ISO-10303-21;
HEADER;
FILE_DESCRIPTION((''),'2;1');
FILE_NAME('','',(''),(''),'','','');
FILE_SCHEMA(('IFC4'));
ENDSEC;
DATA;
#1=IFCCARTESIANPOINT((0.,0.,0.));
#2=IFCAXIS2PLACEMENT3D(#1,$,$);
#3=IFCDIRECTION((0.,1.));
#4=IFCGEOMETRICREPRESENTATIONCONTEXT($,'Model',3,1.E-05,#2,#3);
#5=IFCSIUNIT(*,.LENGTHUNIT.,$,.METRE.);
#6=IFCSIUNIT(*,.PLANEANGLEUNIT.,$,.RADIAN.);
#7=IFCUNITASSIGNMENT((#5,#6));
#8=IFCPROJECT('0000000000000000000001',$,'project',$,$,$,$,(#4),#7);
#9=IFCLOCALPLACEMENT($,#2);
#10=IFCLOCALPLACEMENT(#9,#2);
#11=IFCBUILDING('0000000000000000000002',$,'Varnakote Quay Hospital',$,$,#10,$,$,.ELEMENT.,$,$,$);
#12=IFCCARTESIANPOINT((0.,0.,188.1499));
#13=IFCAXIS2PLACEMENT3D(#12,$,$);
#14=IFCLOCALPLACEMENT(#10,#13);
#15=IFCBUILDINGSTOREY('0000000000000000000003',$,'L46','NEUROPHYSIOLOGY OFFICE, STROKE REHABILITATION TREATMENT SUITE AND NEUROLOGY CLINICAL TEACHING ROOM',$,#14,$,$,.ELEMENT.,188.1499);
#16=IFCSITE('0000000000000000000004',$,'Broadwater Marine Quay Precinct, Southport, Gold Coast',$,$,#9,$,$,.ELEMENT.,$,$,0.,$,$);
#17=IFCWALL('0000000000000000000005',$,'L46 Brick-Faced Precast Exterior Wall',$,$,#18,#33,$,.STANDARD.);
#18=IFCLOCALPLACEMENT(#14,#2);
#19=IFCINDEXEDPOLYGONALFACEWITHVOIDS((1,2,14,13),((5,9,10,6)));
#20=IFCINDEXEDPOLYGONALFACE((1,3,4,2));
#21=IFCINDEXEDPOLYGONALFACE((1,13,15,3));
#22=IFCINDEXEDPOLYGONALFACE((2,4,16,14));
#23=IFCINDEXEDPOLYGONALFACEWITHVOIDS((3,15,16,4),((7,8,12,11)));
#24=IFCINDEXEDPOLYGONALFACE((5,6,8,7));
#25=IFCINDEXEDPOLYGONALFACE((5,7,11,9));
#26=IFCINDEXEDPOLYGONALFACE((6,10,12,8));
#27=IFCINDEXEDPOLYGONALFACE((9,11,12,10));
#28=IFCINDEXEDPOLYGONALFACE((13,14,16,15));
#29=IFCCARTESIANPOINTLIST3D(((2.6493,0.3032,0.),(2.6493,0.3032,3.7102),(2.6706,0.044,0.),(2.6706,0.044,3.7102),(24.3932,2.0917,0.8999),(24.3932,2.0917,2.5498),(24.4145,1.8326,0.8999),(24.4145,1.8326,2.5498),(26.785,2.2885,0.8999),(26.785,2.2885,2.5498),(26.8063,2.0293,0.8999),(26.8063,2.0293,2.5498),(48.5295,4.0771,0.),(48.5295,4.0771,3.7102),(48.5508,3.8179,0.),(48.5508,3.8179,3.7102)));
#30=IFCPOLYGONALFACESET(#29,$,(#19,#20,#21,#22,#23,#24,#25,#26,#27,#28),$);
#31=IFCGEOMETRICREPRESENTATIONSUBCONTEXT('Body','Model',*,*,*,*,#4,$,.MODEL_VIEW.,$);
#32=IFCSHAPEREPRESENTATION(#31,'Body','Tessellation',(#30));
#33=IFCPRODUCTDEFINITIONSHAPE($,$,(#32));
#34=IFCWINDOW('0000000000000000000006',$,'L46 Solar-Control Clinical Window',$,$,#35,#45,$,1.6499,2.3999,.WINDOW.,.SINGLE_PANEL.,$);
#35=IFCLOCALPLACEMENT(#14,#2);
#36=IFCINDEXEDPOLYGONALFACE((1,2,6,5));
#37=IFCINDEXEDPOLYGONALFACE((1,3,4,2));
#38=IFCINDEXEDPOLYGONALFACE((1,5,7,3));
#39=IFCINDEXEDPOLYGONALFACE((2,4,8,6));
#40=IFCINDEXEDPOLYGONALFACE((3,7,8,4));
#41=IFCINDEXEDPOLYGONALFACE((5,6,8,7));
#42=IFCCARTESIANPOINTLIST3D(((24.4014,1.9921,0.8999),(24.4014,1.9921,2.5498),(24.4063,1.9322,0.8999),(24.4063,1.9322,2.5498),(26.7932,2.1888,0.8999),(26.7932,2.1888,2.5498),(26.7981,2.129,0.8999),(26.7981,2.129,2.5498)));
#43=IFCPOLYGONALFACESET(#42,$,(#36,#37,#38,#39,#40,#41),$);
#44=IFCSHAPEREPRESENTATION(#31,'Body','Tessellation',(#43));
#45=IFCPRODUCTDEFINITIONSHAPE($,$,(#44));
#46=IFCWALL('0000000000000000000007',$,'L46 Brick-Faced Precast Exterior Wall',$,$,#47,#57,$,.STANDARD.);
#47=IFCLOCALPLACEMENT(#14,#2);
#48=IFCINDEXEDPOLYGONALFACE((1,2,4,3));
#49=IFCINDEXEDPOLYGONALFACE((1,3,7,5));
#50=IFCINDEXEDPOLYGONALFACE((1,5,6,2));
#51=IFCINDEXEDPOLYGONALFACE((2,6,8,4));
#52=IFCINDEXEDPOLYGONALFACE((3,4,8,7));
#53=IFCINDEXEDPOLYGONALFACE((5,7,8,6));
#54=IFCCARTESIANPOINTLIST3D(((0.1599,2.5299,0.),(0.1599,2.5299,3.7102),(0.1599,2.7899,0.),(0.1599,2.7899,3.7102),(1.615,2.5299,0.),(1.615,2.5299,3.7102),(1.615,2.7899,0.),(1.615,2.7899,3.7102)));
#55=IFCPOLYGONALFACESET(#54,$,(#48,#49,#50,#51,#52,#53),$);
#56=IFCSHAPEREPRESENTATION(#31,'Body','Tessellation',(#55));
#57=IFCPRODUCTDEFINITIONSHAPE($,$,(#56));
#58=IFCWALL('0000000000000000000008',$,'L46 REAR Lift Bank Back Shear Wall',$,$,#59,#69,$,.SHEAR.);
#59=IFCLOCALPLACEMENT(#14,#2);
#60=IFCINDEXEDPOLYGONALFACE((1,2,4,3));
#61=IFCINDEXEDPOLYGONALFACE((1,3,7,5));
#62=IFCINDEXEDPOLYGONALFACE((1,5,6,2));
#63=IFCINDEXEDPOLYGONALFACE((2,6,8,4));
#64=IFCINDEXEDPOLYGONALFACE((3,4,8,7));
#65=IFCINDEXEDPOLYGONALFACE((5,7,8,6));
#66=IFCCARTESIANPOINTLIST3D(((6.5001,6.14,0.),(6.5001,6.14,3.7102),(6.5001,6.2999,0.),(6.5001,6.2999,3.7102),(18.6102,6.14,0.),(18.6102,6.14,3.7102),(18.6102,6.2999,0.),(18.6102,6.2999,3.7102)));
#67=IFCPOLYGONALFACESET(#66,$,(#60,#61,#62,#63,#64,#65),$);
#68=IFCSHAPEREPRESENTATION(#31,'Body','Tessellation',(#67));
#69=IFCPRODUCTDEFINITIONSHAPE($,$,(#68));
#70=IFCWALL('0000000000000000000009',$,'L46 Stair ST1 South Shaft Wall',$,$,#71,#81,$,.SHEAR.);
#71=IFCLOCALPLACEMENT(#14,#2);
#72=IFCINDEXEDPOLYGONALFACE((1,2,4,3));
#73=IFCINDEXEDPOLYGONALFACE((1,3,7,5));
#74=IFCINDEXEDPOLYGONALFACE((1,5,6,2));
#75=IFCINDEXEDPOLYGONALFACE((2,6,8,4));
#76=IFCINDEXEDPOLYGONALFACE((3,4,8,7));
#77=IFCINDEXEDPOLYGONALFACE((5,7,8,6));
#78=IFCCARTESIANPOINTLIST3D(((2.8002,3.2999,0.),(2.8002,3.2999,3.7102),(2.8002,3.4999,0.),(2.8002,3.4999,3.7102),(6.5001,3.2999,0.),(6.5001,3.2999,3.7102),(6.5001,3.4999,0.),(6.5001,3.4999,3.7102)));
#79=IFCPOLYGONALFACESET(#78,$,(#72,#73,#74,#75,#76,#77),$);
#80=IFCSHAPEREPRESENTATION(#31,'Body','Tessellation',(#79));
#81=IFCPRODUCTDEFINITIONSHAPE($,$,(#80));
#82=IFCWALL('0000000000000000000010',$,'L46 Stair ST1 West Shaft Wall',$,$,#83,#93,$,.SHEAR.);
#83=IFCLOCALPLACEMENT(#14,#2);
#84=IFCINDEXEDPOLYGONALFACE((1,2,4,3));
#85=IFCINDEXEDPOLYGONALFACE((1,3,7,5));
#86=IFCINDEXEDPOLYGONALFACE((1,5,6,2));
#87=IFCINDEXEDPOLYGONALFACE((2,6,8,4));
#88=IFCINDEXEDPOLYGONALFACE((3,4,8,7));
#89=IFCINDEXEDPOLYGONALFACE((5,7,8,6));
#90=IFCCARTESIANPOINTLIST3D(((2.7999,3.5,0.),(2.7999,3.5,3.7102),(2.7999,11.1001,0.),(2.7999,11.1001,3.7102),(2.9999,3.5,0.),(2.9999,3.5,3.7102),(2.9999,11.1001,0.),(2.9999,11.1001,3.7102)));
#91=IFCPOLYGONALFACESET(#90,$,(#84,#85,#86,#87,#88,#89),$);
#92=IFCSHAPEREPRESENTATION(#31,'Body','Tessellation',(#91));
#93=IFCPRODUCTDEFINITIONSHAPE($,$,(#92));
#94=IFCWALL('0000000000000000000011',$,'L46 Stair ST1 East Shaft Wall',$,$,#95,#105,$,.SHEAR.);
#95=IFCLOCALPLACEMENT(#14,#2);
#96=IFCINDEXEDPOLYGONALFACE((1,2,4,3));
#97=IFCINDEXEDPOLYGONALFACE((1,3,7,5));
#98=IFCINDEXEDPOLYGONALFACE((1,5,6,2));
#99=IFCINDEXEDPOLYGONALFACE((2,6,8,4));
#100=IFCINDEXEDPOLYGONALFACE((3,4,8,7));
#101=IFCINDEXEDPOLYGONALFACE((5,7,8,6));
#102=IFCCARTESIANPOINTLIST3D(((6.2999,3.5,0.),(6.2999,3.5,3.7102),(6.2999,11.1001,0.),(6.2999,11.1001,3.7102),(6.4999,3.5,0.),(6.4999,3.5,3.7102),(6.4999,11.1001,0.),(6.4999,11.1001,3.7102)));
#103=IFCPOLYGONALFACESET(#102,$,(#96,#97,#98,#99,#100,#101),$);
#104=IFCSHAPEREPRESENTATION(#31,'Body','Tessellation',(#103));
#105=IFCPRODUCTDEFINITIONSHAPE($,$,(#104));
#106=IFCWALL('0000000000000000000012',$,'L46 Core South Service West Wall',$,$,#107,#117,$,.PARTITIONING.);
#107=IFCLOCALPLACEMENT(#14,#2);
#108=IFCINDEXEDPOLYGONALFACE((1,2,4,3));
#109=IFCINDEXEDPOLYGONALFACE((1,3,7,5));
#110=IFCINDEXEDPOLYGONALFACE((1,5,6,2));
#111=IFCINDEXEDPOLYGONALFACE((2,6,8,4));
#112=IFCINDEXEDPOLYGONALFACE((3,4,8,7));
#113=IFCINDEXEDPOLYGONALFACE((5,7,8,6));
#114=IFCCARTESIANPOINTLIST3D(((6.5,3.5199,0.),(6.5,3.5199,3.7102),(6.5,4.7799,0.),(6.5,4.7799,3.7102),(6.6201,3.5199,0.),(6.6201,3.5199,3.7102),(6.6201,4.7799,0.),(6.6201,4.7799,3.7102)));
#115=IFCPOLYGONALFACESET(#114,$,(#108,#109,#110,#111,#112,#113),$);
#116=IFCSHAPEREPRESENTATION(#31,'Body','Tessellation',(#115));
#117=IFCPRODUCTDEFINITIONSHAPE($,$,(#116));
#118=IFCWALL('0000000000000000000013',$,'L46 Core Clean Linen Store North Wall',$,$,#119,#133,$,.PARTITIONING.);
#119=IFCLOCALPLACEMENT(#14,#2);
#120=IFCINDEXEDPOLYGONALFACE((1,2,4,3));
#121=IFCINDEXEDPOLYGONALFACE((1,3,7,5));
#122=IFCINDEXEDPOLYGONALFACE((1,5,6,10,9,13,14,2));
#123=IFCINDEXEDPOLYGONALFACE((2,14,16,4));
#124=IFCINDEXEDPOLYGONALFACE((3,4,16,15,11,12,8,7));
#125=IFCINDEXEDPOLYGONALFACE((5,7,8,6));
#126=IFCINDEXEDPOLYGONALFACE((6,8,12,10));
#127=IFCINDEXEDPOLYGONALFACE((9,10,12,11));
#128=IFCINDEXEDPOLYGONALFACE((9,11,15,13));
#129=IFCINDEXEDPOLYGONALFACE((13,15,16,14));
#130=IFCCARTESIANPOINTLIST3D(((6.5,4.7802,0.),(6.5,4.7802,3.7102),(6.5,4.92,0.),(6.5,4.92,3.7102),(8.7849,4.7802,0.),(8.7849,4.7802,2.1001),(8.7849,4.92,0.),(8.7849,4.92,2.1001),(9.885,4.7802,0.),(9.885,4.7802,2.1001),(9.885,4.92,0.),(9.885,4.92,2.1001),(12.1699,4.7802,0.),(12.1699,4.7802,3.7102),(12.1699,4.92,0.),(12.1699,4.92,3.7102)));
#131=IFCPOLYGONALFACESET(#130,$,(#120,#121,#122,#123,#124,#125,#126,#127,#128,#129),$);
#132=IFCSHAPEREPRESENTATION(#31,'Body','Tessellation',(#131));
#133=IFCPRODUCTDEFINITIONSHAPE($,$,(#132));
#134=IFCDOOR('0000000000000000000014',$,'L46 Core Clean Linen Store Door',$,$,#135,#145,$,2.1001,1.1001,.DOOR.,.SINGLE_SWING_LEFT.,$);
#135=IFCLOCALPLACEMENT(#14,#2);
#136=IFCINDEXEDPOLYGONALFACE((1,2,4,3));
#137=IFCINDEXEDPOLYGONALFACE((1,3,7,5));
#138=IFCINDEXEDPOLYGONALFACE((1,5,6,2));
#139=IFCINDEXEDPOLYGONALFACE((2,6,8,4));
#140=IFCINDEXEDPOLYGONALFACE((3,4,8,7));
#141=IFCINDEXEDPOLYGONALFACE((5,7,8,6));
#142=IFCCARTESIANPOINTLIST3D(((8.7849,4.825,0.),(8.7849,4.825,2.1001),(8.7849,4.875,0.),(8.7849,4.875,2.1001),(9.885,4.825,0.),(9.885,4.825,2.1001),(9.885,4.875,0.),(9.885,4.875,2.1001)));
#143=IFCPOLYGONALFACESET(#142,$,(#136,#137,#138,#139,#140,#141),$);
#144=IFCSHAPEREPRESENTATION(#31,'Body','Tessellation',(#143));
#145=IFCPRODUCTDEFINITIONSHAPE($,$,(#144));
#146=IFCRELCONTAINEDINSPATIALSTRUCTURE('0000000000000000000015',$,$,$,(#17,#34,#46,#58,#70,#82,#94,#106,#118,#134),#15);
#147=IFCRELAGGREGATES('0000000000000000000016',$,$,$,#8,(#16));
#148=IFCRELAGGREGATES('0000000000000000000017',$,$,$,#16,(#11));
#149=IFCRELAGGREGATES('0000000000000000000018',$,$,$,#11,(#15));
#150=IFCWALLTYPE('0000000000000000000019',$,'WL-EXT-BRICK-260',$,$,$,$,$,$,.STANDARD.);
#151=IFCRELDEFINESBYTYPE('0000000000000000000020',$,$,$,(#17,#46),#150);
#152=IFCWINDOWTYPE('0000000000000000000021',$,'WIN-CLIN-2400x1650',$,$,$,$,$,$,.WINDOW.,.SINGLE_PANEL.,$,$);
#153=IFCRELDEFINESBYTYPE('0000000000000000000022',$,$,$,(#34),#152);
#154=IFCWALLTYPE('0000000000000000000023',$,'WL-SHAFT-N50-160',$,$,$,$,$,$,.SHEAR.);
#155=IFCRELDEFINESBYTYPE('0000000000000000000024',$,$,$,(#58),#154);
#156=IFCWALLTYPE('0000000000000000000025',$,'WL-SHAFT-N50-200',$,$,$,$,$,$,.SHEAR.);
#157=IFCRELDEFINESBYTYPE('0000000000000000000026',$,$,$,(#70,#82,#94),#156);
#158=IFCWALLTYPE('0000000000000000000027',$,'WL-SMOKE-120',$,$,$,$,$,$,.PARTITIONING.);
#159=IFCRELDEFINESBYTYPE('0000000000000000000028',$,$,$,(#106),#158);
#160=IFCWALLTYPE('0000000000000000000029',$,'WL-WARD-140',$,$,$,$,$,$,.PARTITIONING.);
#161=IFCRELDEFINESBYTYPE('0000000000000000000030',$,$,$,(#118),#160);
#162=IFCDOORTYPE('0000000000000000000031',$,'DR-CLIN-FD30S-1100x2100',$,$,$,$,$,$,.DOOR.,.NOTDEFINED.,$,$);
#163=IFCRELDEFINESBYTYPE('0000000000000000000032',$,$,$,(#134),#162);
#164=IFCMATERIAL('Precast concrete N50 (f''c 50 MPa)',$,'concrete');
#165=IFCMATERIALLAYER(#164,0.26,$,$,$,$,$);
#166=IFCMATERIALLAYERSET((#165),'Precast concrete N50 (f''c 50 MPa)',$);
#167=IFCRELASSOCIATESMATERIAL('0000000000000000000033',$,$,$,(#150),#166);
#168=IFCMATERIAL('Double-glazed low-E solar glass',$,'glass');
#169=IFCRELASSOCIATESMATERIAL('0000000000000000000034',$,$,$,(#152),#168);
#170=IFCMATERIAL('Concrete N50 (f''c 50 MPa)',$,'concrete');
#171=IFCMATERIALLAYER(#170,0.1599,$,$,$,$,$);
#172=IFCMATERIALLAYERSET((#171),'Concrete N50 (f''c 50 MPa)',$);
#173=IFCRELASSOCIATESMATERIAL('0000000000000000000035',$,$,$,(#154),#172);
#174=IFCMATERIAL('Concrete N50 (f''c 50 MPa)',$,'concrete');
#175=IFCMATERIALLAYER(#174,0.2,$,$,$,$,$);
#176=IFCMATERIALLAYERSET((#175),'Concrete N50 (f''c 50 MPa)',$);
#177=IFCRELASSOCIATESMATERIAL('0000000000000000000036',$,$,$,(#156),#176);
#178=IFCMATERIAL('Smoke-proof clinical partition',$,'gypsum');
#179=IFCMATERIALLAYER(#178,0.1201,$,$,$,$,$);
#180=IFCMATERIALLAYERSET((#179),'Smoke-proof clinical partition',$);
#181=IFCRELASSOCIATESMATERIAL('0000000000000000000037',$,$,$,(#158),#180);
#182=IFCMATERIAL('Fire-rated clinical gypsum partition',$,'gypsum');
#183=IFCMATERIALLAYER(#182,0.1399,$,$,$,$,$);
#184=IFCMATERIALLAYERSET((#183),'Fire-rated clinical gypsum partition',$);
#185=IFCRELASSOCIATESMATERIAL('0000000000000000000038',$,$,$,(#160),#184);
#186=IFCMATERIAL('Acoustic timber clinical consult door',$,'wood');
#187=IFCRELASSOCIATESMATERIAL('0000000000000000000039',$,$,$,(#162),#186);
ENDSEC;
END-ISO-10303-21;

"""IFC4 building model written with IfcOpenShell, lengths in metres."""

from ifc_helpers import new_model, si_unit, direction, frame, frame_2d, origin, place, context, subcontext, project, spatial, rectangle, extrude, material, layer, layer_set, type_object, element, fill, save


model = new_model("IFC4")

# Units and contexts
model_context = context("Model", 3, precision=1e-05, world=origin(), true_north=direction((0.0, 1.0)))
body_context = subcontext(model_context, "Body", "Model", "MODEL_VIEW")
ifc_project = project(units=[si_unit("LENGTHUNIT", "METRE"), si_unit("PLANEANGLEUNIT", "RADIAN")], contexts=[model_context])

# Site, building, storey
site_placement = place(None, origin())
site = spatial("IfcSite", under=ifc_project, at=site_placement, Name="Broadwater Marine Quay Precinct, Southport, Gold Coast", CompositionType="ELEMENT", RefElevation=0.0)
building_placement = place(site_placement, origin())
building = spatial("IfcBuilding", under=site, at=building_placement, Name="Varnakote Quay Hospital", CompositionType="ELEMENT")
storey_placement = place(building_placement, frame((0.0, 0.0, 188.1499)))
storey = spatial("IfcBuildingStorey", under=building, at=storey_placement, Name="L46", Description="NEUROPHYSIOLOGY OFFICE, STROKE REHABILITATION TREATMENT SUITE AND NEUROLOGY CLINICAL TEACHING ROOM", CompositionType="ELEMENT", Elevation=188.1499)

# Shared definitions
ifc_material_1 = material(Name="Precast concrete N50 (f'c 50 MPa)", Category="concrete")
ifc_layer_1 = layer(ifc_material_1, 0.26)
ifc_layer_set_1 = layer_set([ifc_layer_1], Name="Precast concrete N50 (f'c 50 MPa)")
wall_type_1 = type_object("IfcWallType", Name="WL-EXT-BRICK-260", PredefinedType="STANDARD", material=ifc_layer_set_1)

# Wall, opening, window
wall_1_placement = place(storey_placement, frame((2.6599, 0.1736, 0.0), z_axis=(0.0, 0.0, 1.0), x_axis=(0.996634, 0.081979, 0.0)))
wall_1 = element("IfcWall", 1, at=wall_1_placement, inside=storey, type_object=wall_type_1, Name="L46 Brick-Faced Precast Exterior Wall", PredefinedType="STANDARD", context=body_context, shape_type="SweptSolid", body=[
    extrude(rectangle(XDim=46.0352, YDim=0.26, at=frame_2d((23.0176, 0.0))), origin(), (0.0, 0.0, 1.0), 3.7102),
])
opening_1_placement = place(wall_1_placement, frame((21.8174, 0.0, 0.8999)))
opening_1 = element("IfcOpeningElement", 2, at=opening_1_placement, cuts=wall_1, PredefinedType="OPENING", context=body_context, shape_type="SweptSolid", body=[
    extrude(rectangle(XDim=2.3999, YDim=1.6499, at=frame_2d((1.2, 0.825))), frame((0.0, 0.1399, 0.0), z_axis=(0.0, -1.0, 0.0), x_axis=(1.0, 0.0, 0.0)), (0.0, 0.0, 1.0), 0.28),
])
ifc_material_2 = material(Name="Double-glazed low-E solar glass", Category="glass")
window_type = type_object("IfcWindowType", Name="WIN-CLIN-2400x1650", PartitioningType="SINGLE_PANEL", PredefinedType="WINDOW", material=ifc_material_2)
window_placement = place(opening_1_placement, origin())
window = element("IfcWindow", 3, at=window_placement, inside=storey, type_object=window_type, Name="L46 Solar-Control Clinical Window", OverallHeight=1.6499, OverallWidth=2.3999, PartitioningType="SINGLE_PANEL", PredefinedType="WINDOW", context=body_context, shape_type="SweptSolid", body=[
    extrude(rectangle(XDim=2.3999, YDim=1.6499, at=frame_2d((1.2, 0.825))), frame((0.0, 0.03, 0.0), z_axis=(0.0, -1.0, 0.0), x_axis=(1.0, 0.0, 0.0)), (0.0, 0.0, 1.0), 0.0601),
])
fill(opening_1, window)

# Walls
wall_2_placement = place(storey_placement, frame((0.1599, 2.6599, 0.0), z_axis=(0.0, 0.0, 1.0), x_axis=(1.0, 0.0, 0.0)))
element("IfcWall", 4, at=wall_2_placement, inside=storey, type_object=wall_type_1, Name="L46 Brick-Faced Precast Exterior Wall", PredefinedType="STANDARD", context=body_context, shape_type="SweptSolid", body=[
    extrude(rectangle(XDim=1.4551, YDim=0.26, at=frame_2d((0.7275, 0.0))), origin(), (0.0, 0.0, 1.0), 3.7102),
])
ifc_material_3 = material(Name="Concrete N50 (f'c 50 MPa)", Category="concrete")
ifc_layer_2 = layer(ifc_material_3, 0.1599)
ifc_layer_set_2 = layer_set([ifc_layer_2], Name="Concrete N50 (f'c 50 MPa)")
wall_type_2 = type_object("IfcWallType", Name="WL-SHAFT-N50-160", PredefinedType="SHEAR", material=ifc_layer_set_2)
wall_3_placement = place(storey_placement, frame((6.5, 6.22, 0.0), z_axis=(0.0, 0.0, 1.0), x_axis=(1.0, 0.0, 0.0)))
element("IfcWall", 5, at=wall_3_placement, inside=storey, type_object=wall_type_2, Name="L46 REAR Lift Bank Back Shear Wall", PredefinedType="SHEAR", context=body_context, shape_type="SweptSolid", body=[
    extrude(rectangle(XDim=12.1101, YDim=0.1599, at=frame_2d((6.0552, 0.0))), origin(), (0.0, 0.0, 1.0), 3.7102),
])
ifc_material_4 = material(Name="Concrete N50 (f'c 50 MPa)", Category="concrete")
ifc_layer_3 = layer(ifc_material_4, 0.2)
ifc_layer_set_3 = layer_set([ifc_layer_3], Name="Concrete N50 (f'c 50 MPa)")
wall_type_3 = type_object("IfcWallType", Name="WL-SHAFT-N50-200", PredefinedType="SHEAR", material=ifc_layer_set_3)
wall_4_placement = place(storey_placement, frame((2.8, 3.3999, 0.0), z_axis=(0.0, 0.0, 1.0), x_axis=(1.0, 0.0, 0.0)))
element("IfcWall", 6, at=wall_4_placement, inside=storey, type_object=wall_type_3, Name="L46 Stair ST1 South Shaft Wall", PredefinedType="SHEAR", context=body_context, shape_type="SweptSolid", body=[
    extrude(rectangle(XDim=3.7, YDim=0.2, at=frame_2d((1.8501, 0.0))), origin(), (0.0, 0.0, 1.0), 3.7102),
])
for number, where, z_axis, x_axis, name in (
    (7, (2.8999, 3.5, 0.0), (0.0, 0.0, 1.0), (0.0, 1.0, 0.0), "L46 Stair ST1 West Shaft Wall"),
    (8, (6.3999, 3.5, 0.0), (0.0, 0.0, 1.0), (0.0, 1.0, 0.0), "L46 Stair ST1 East Shaft Wall"),
):
    element("IfcWall", number, at=place(storey_placement, frame(where, z_axis=z_axis, x_axis=x_axis)), inside=storey, type_object=wall_type_3, Name=name, PredefinedType="SHEAR", context=body_context, shape_type="SweptSolid", body=[
        extrude(rectangle(XDim=7.6001, YDim=0.2, at=frame_2d((3.8, 0.0))), origin(), (0.0, 0.0, 1.0), 3.7102),
    ])
ifc_material_5 = material(Name="Smoke-proof clinical partition", Category="gypsum")
ifc_layer_4 = layer(ifc_material_5, 0.1201)
ifc_layer_set_4 = layer_set([ifc_layer_4], Name="Smoke-proof clinical partition")
wall_type_4 = type_object("IfcWallType", Name="WL-SMOKE-120", PredefinedType="PARTITIONING", material=ifc_layer_set_4)
wall_5_placement = place(storey_placement, frame((6.5601, 3.52, 0.0), z_axis=(0.0, 0.0, 1.0), x_axis=(0.0, 1.0, 0.0)))
element("IfcWall", 9, at=wall_5_placement, inside=storey, type_object=wall_type_4, Name="L46 Core South Service West Wall", PredefinedType="PARTITIONING", context=body_context, shape_type="SweptSolid", body=[
    extrude(rectangle(XDim=1.26, YDim=0.1201, at=frame_2d((0.6299, 0.0))), origin(), (0.0, 0.0, 1.0), 3.7102),
])

# Wall, opening, door
ifc_material_6 = material(Name="Fire-rated clinical gypsum partition", Category="gypsum")
ifc_layer_5 = layer(ifc_material_6, 0.1399)
ifc_layer_set_5 = layer_set([ifc_layer_5], Name="Fire-rated clinical gypsum partition")
wall_type_5 = type_object("IfcWallType", Name="WL-WARD-140", PredefinedType="PARTITIONING", material=ifc_layer_set_5)
wall_6_placement = place(storey_placement, frame((6.5, 4.8501, 0.0), z_axis=(0.0, 0.0, 1.0), x_axis=(1.0, 0.0, 0.0)))
wall_6 = element("IfcWall", 10, at=wall_6_placement, inside=storey, type_object=wall_type_5, Name="L46 Core Clean Linen Store North Wall", PredefinedType="PARTITIONING", context=body_context, shape_type="SweptSolid", body=[
    extrude(rectangle(XDim=5.6699, YDim=0.1399, at=frame_2d((2.835, 0.0))), origin(), (0.0, 0.0, 1.0), 3.7102),
])
opening_2_placement = place(wall_6_placement, frame((2.2849, 0.0, 0.0)))
opening_2 = element("IfcOpeningElement", 11, at=opening_2_placement, cuts=wall_6, PredefinedType="OPENING", context=body_context, shape_type="SweptSolid", body=[
    extrude(rectangle(XDim=1.1001, YDim=2.1001, at=frame_2d((0.55, 1.05))), frame((0.0, 0.0798, 0.0), z_axis=(0.0, -1.0, 0.0), x_axis=(1.0, 0.0, 0.0)), (0.0, 0.0, 1.0), 0.1599),
])
ifc_material_7 = material(Name="Acoustic timber clinical consult door", Category="wood")
door_type = type_object("IfcDoorType", Name="DR-CLIN-FD30S-1100x2100", OperationType="NOTDEFINED", PredefinedType="DOOR", material=ifc_material_7)
door_placement = place(opening_2_placement, origin())
door = element("IfcDoor", 12, at=door_placement, inside=storey, type_object=door_type, Name="L46 Core Clean Linen Store Door", OperationType="SINGLE_SWING_LEFT", OverallHeight=2.1001, OverallWidth=1.1001, PredefinedType="DOOR", context=body_context, shape_type="SweptSolid", body=[
    extrude(rectangle(XDim=1.1001, YDim=2.1001, at=frame_2d((0.55, 1.05))), frame((0.0, 0.0249, 0.0), z_axis=(0.0, -1.0, 0.0), x_axis=(1.0, 0.0, 0.0)), (0.0, 0.0, 1.0), 0.05),
])
fill(opening_2, door)

save(model, "model.ifc")
